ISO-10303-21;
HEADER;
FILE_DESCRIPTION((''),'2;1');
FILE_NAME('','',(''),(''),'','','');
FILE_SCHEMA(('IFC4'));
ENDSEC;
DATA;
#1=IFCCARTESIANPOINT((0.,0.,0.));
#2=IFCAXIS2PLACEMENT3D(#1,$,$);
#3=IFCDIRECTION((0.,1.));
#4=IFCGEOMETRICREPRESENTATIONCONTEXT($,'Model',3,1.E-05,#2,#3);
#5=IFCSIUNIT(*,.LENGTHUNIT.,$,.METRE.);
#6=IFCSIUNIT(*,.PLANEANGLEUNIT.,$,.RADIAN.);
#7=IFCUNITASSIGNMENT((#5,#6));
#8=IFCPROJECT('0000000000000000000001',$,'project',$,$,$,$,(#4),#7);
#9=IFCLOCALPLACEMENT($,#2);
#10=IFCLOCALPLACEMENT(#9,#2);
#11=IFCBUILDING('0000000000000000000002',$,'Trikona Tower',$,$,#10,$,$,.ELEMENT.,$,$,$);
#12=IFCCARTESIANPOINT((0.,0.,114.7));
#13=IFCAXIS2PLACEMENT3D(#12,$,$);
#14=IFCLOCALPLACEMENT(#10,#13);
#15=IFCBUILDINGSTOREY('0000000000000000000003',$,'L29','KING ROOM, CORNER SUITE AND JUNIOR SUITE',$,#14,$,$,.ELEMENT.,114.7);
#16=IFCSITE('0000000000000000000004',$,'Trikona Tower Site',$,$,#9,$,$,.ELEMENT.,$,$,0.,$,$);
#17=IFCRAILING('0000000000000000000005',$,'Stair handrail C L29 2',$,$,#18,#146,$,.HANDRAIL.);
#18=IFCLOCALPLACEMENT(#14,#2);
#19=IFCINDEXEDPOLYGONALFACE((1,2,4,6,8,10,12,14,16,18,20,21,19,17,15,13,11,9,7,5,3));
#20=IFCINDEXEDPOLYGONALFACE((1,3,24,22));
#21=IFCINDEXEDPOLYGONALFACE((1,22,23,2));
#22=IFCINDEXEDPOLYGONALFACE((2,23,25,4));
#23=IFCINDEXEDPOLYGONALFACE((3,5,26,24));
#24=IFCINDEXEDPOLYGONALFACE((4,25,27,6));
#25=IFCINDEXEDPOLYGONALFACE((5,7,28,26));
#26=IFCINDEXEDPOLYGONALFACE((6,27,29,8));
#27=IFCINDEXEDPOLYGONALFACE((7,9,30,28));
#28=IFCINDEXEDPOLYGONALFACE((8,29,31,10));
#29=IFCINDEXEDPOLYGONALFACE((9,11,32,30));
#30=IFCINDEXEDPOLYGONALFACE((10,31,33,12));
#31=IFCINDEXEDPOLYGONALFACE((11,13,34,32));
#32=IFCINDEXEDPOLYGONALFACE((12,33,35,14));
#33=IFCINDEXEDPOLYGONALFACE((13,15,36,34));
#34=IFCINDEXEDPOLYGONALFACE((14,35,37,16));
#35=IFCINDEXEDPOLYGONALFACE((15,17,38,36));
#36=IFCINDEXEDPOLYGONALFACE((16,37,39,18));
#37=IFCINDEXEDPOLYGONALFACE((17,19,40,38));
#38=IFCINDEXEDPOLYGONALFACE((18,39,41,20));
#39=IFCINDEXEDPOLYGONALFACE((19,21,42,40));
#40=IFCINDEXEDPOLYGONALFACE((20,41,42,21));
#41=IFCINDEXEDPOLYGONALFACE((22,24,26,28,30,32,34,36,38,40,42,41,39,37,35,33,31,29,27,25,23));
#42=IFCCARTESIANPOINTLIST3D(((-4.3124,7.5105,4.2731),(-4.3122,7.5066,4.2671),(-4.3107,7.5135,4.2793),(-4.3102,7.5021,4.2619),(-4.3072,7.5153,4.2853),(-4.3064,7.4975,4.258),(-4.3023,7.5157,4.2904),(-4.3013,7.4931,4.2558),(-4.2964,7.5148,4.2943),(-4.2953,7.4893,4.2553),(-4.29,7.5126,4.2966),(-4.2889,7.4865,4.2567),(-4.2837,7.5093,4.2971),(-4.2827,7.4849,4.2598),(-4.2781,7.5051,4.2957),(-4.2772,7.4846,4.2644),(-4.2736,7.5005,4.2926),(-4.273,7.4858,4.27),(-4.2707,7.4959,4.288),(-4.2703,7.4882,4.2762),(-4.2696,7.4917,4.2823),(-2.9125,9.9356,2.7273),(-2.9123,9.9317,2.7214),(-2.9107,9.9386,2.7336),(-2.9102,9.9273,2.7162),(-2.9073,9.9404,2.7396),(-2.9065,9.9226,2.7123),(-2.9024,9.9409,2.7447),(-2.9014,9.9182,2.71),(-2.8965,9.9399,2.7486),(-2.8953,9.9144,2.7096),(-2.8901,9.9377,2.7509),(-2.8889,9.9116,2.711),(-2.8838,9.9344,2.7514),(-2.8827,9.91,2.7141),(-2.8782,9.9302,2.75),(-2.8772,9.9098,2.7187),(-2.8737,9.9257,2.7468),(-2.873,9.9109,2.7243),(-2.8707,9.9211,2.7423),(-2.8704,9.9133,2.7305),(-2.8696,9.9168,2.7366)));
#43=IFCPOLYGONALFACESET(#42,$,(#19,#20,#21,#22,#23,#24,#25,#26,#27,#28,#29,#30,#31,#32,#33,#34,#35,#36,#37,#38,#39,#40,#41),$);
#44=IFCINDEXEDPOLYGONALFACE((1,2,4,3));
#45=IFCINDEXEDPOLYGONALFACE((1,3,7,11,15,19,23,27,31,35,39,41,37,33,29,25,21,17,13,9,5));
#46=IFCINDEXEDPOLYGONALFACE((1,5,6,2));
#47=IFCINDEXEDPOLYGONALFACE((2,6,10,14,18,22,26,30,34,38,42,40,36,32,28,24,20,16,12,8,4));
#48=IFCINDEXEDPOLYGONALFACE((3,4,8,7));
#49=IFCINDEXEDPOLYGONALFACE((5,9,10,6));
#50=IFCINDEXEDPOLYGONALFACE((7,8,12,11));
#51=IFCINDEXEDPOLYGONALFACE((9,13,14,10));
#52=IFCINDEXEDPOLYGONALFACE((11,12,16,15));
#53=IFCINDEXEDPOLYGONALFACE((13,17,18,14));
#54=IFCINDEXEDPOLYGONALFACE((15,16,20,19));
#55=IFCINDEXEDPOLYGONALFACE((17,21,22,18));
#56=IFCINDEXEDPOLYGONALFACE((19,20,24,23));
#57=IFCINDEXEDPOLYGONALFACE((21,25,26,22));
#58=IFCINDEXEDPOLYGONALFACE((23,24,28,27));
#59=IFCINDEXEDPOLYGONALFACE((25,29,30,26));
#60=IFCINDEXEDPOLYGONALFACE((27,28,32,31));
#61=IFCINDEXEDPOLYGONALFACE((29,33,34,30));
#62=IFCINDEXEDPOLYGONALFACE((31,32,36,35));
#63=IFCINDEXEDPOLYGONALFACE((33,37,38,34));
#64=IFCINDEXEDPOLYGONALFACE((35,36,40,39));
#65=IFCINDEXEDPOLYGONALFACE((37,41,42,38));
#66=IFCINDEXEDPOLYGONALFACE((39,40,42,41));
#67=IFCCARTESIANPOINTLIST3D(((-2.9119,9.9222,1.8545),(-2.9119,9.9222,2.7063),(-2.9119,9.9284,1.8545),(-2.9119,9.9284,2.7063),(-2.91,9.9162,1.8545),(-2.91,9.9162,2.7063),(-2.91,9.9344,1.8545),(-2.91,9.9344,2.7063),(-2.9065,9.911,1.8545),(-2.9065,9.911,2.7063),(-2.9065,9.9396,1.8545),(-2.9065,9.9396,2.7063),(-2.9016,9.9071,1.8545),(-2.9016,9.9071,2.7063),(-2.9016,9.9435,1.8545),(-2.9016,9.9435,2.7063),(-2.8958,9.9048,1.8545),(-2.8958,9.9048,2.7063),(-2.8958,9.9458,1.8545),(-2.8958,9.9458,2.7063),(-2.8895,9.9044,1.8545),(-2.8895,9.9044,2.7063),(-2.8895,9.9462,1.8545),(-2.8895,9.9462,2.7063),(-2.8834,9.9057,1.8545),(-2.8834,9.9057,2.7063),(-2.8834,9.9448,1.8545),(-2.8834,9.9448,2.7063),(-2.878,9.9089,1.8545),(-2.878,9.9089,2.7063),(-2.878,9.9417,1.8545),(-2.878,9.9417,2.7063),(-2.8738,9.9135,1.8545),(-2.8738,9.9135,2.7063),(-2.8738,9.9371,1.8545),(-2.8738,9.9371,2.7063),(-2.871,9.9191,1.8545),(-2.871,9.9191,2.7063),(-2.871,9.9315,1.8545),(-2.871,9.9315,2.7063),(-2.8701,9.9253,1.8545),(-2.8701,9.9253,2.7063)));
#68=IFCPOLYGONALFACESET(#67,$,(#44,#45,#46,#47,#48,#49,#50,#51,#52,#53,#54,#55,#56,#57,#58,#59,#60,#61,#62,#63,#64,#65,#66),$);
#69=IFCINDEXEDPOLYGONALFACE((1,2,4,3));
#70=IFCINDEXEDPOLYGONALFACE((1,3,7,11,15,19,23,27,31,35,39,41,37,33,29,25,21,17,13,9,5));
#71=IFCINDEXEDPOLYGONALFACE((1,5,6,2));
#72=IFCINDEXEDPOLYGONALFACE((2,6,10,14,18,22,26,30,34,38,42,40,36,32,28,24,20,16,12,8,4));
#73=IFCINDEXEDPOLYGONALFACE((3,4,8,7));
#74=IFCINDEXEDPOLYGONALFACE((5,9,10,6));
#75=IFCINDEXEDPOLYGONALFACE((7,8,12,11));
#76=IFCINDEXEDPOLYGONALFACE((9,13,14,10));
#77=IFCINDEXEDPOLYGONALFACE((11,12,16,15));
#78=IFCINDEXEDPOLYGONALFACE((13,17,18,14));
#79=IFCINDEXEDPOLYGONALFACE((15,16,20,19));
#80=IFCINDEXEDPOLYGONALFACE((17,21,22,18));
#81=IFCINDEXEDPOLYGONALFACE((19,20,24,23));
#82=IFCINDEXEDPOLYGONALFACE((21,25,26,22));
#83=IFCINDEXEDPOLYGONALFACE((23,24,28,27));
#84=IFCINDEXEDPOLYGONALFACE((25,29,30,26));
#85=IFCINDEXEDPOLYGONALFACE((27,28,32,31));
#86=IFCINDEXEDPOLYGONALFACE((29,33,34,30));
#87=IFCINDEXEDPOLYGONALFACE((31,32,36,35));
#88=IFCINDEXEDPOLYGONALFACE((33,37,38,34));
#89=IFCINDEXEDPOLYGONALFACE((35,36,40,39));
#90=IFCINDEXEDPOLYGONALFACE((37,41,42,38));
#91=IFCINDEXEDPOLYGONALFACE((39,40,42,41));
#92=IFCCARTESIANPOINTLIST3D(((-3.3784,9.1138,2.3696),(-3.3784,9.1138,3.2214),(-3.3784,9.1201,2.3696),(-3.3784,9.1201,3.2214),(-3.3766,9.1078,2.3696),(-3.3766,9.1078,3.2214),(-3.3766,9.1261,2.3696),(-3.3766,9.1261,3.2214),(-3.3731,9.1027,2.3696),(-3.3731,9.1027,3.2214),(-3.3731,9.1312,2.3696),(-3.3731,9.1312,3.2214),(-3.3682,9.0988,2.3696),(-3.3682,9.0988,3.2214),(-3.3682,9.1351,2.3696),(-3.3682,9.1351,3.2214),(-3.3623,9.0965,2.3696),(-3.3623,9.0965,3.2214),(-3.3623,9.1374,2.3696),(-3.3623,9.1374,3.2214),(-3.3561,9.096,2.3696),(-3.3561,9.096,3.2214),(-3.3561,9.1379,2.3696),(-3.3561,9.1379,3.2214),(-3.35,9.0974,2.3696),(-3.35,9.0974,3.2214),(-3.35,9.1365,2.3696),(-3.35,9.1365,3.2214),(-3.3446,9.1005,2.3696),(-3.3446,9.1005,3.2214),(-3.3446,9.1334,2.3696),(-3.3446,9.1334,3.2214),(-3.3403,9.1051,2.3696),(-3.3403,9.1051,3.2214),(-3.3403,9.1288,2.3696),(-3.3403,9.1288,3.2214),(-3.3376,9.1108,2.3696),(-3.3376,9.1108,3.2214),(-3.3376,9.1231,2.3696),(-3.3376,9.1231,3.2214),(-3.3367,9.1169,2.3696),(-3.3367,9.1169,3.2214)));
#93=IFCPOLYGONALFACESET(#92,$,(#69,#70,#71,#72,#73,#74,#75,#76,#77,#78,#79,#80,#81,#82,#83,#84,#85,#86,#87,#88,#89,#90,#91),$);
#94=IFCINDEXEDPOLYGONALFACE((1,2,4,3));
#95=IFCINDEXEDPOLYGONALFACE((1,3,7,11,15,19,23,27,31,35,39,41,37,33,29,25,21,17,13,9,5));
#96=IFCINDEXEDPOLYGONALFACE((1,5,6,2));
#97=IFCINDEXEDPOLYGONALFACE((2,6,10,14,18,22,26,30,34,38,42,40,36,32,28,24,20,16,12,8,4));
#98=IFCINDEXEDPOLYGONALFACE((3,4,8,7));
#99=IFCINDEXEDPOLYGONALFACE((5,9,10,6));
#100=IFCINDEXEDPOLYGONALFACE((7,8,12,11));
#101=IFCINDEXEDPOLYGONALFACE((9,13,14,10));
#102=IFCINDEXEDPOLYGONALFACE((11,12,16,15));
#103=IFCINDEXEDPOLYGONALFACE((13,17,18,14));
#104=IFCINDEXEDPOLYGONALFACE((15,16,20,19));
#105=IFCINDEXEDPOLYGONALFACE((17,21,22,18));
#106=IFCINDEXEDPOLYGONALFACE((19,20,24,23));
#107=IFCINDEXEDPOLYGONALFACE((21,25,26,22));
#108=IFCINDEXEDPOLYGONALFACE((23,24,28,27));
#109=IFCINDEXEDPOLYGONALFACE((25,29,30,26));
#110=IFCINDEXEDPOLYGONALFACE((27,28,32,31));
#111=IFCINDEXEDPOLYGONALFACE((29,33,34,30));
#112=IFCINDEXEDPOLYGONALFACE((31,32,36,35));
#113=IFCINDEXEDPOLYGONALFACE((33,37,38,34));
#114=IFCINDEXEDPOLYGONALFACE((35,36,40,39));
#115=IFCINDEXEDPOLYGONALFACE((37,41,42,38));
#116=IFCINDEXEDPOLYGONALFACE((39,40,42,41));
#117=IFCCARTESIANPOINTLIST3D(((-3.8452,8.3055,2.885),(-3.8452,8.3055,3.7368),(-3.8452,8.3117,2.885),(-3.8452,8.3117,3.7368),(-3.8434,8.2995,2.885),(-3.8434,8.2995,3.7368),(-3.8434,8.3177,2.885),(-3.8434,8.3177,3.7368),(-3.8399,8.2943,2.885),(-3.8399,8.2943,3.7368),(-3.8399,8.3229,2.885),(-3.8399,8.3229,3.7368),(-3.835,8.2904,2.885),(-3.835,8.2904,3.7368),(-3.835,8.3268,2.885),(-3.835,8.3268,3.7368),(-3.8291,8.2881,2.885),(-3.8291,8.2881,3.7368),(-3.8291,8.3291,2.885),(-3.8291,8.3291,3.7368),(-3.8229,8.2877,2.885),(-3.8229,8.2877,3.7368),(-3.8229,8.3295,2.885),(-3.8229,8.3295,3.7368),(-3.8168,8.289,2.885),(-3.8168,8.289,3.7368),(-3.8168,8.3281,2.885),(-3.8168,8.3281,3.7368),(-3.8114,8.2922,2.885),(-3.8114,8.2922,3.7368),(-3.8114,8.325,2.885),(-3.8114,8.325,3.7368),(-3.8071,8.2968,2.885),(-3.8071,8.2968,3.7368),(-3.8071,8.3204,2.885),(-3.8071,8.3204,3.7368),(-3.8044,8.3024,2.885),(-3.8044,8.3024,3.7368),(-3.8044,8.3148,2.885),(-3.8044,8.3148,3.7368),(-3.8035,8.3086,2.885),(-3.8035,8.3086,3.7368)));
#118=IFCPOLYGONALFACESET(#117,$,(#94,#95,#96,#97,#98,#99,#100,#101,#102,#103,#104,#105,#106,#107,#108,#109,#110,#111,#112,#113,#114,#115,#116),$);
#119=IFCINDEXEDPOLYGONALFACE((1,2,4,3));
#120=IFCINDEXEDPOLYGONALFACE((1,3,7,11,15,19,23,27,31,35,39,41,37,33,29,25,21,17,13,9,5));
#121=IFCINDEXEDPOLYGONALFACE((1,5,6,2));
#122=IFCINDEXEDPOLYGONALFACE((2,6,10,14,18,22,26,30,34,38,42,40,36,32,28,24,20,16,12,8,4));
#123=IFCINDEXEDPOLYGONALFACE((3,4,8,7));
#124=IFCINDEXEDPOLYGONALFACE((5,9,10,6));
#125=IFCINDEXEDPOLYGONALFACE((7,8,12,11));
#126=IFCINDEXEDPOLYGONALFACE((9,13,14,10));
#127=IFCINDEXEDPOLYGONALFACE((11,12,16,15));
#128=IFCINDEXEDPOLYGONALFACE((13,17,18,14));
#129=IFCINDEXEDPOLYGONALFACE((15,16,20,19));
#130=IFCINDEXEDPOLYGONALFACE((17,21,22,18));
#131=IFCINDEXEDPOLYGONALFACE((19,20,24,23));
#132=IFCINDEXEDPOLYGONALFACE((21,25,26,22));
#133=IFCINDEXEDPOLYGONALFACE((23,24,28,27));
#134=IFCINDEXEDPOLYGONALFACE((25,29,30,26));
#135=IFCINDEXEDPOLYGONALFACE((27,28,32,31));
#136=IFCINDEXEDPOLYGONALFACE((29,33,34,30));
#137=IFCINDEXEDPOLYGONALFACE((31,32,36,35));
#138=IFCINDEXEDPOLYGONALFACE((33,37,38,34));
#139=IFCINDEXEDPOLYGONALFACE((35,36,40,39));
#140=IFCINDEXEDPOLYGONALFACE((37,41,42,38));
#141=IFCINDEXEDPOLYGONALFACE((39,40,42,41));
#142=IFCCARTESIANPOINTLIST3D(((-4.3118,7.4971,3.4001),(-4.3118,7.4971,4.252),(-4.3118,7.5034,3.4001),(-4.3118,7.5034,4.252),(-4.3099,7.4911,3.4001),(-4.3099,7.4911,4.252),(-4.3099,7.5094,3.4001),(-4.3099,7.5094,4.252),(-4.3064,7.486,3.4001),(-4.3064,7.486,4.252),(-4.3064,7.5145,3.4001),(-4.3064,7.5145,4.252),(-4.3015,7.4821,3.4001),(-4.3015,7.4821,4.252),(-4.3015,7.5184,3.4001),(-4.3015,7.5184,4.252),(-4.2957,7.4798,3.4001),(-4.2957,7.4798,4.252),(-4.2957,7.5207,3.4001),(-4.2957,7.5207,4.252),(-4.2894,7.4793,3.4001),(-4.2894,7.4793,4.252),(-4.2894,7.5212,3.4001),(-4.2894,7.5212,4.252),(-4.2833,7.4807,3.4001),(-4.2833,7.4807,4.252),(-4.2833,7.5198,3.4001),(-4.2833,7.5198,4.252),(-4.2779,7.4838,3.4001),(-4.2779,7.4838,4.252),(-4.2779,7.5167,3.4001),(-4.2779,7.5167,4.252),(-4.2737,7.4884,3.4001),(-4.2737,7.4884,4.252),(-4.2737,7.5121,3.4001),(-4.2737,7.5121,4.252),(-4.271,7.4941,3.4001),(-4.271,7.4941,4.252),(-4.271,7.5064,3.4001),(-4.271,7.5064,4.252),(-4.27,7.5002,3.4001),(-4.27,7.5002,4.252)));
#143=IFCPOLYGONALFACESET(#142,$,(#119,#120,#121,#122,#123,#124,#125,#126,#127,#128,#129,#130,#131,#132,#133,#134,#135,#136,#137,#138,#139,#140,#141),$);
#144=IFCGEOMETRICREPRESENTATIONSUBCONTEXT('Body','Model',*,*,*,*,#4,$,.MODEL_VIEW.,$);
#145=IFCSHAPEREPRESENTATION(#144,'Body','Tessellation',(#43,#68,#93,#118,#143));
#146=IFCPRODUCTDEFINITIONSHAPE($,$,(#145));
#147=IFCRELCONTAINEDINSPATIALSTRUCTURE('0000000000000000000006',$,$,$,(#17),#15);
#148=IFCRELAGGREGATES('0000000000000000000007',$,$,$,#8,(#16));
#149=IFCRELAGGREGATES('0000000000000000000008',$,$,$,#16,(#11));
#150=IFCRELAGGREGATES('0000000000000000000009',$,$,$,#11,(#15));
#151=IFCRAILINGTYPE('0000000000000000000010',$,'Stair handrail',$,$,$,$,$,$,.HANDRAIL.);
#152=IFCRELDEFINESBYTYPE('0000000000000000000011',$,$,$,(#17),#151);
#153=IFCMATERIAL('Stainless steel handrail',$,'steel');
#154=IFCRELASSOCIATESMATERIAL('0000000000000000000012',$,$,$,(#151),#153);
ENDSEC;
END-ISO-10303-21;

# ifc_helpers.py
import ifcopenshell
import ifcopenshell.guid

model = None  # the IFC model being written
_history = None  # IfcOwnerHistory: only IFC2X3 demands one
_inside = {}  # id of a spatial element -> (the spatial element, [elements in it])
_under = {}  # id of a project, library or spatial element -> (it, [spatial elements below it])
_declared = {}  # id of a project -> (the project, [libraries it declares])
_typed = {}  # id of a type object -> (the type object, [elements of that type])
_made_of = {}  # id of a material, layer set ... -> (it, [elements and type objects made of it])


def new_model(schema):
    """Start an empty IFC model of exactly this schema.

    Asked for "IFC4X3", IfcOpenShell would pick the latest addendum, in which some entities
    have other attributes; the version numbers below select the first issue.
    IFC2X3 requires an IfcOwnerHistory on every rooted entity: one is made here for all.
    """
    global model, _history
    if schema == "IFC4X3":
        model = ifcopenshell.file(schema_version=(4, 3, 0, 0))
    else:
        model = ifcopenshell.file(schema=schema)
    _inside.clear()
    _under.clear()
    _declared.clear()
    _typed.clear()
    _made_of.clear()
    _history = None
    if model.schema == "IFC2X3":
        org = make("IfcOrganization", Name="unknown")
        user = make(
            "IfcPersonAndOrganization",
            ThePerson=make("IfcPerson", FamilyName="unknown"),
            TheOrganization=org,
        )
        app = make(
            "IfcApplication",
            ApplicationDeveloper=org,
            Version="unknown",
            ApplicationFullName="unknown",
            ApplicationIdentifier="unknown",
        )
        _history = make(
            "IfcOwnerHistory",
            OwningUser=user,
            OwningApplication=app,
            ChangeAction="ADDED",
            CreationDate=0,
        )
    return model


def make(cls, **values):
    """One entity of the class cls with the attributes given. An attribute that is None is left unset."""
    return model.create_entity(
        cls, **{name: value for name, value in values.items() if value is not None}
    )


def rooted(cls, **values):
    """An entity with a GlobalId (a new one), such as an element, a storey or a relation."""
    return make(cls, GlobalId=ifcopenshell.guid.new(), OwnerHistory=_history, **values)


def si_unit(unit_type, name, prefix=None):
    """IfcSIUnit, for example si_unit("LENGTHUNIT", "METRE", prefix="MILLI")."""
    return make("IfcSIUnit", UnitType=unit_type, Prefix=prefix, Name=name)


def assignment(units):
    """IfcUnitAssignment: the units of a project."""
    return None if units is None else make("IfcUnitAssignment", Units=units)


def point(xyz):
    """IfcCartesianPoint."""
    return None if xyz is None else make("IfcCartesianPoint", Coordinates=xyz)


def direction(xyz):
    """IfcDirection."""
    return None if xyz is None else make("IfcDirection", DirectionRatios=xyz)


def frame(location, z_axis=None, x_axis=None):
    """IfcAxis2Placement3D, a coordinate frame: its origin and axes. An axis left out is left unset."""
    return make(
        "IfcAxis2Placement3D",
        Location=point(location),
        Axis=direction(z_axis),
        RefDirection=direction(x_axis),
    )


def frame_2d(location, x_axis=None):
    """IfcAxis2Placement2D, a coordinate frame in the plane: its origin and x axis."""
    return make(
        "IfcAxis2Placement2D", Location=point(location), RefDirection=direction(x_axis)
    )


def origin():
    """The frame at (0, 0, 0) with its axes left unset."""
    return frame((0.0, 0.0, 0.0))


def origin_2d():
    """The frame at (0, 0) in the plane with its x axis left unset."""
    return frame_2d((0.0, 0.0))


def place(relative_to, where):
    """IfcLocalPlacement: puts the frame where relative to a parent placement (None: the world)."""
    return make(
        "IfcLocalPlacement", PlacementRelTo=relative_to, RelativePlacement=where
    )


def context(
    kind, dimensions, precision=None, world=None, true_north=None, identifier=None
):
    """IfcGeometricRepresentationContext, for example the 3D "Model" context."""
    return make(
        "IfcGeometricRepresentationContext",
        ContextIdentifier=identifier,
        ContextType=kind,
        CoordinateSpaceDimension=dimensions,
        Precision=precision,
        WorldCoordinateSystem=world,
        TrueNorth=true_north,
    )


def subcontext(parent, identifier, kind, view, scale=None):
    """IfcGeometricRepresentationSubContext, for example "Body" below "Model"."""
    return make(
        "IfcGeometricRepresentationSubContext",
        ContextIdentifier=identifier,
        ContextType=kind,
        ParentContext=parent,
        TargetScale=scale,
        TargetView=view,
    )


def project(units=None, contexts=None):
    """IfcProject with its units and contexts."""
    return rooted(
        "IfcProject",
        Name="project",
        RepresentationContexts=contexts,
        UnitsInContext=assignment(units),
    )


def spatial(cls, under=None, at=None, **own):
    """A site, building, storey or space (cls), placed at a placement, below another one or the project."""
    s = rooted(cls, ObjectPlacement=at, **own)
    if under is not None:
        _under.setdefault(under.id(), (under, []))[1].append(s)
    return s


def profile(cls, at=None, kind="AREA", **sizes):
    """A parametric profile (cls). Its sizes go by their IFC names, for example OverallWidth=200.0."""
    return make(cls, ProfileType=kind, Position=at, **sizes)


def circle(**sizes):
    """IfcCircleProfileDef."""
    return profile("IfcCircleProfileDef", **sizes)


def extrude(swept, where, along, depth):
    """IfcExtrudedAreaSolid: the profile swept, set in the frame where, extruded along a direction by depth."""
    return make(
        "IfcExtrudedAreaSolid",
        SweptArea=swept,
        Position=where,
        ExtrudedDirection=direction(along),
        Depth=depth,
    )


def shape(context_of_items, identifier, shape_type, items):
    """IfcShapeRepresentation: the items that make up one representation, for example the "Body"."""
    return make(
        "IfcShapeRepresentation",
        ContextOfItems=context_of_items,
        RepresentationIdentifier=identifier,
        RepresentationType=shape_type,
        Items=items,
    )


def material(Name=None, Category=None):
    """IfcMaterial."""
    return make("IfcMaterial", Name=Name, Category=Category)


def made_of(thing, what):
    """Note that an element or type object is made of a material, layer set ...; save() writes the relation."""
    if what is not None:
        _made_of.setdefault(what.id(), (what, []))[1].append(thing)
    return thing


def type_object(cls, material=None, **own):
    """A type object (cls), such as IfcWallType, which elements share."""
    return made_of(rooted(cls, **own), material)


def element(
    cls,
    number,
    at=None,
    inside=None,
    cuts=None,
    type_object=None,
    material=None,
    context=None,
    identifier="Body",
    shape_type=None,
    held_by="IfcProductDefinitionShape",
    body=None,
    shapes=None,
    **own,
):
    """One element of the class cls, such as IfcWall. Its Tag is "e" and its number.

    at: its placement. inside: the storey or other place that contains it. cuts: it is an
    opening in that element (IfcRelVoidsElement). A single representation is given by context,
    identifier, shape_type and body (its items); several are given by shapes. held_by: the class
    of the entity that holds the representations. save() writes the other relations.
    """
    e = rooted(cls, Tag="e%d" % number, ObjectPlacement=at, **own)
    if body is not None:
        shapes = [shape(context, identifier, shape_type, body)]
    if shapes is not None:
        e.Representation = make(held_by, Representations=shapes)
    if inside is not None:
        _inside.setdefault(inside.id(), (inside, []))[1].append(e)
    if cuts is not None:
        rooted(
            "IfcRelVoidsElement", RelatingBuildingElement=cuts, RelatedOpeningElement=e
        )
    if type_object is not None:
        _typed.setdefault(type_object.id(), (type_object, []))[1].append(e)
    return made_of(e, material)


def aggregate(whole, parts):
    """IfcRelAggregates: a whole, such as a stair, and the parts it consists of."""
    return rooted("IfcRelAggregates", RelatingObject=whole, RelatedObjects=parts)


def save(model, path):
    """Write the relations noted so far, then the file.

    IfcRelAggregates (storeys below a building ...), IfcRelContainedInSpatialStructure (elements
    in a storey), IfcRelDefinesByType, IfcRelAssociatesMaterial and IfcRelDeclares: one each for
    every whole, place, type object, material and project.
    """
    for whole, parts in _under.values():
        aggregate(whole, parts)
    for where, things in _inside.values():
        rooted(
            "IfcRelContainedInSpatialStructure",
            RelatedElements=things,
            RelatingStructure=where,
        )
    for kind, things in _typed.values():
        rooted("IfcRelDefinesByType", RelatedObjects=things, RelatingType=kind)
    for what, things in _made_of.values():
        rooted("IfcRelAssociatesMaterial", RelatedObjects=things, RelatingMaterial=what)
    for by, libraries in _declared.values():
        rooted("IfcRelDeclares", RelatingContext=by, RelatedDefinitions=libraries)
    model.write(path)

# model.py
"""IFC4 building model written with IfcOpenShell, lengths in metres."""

from ifc_helpers import new_model, si_unit, direction, frame, origin, origin_2d, place, context, subcontext, project, spatial, circle, extrude, material, type_object, element, save


model = new_model("IFC4")

# Units and contexts
model_context = context("Model", 3, precision=1e-05, world=origin(), true_north=direction((0.0, 1.0)))
body_context = subcontext(model_context, "Body", "Model", "MODEL_VIEW")
ifc_project = project(units=[si_unit("LENGTHUNIT", "METRE"), si_unit("PLANEANGLEUNIT", "RADIAN")], contexts=[model_context])

# Site, building, storey
site_placement = place(None, origin())
site = spatial("IfcSite", under=ifc_project, at=site_placement, Name="Trikona Tower Site", CompositionType="ELEMENT", RefElevation=0.0)
building_placement = place(site_placement, origin())
building = spatial("IfcBuilding", under=site, at=building_placement, Name="Trikona Tower", CompositionType="ELEMENT")
storey_placement = place(building_placement, frame((0.0, 0.0, 114.7)))
storey = spatial("IfcBuildingStorey", under=building, at=storey_placement, Name="L29", Description="KING ROOM, CORNER SUITE AND JUNIOR SUITE", CompositionType="ELEMENT", Elevation=114.7)

# Railing
ifc_material_1 = material(Name="Stainless steel handrail", Category="steel")
railing_type = type_object("IfcRailingType", Name="Stair handrail", PredefinedType="HANDRAIL", material=ifc_material_1)
railing_1_placement = place(storey_placement, frame((-2.8911, 9.9253, 1.8545)))
element("IfcRailing", 1, at=railing_1_placement, inside=storey, type_object=railing_type, Name="Stair handrail C L29 2", PredefinedType="HANDRAIL", context=body_context, shape_type="SweptSolid", body=[
    extrude(circle(Radius=0.0239, at=origin_2d()), frame((0.0, 0.0, 0.876), z_axis=(-0.437691, -0.758212, 0.483262), x_axis=(0.866056, -0.499946, 0.0)), (0.0, 0.0, 1.0), 3.1985),
    extrude(circle(Radius=0.021, at=origin_2d()), origin(), (0.0, 0.0, 1.0), 0.8518),
    extrude(circle(Radius=0.021, at=origin_2d()), frame((-0.4666, -0.8083, 0.5151)), (0.0, 0.0, 1.0), 0.8518),
    extrude(circle(Radius=0.021, at=origin_2d()), frame((-0.9333, -1.6167, 1.0305)), (0.0, 0.0, 1.0), 0.8518),
    extrude(circle(Radius=0.021, at=origin_2d()), frame((-1.3999, -2.425, 1.5457)), (0.0, 0.0, 1.0), 0.8518),
])

save(model, "model.ifc")
